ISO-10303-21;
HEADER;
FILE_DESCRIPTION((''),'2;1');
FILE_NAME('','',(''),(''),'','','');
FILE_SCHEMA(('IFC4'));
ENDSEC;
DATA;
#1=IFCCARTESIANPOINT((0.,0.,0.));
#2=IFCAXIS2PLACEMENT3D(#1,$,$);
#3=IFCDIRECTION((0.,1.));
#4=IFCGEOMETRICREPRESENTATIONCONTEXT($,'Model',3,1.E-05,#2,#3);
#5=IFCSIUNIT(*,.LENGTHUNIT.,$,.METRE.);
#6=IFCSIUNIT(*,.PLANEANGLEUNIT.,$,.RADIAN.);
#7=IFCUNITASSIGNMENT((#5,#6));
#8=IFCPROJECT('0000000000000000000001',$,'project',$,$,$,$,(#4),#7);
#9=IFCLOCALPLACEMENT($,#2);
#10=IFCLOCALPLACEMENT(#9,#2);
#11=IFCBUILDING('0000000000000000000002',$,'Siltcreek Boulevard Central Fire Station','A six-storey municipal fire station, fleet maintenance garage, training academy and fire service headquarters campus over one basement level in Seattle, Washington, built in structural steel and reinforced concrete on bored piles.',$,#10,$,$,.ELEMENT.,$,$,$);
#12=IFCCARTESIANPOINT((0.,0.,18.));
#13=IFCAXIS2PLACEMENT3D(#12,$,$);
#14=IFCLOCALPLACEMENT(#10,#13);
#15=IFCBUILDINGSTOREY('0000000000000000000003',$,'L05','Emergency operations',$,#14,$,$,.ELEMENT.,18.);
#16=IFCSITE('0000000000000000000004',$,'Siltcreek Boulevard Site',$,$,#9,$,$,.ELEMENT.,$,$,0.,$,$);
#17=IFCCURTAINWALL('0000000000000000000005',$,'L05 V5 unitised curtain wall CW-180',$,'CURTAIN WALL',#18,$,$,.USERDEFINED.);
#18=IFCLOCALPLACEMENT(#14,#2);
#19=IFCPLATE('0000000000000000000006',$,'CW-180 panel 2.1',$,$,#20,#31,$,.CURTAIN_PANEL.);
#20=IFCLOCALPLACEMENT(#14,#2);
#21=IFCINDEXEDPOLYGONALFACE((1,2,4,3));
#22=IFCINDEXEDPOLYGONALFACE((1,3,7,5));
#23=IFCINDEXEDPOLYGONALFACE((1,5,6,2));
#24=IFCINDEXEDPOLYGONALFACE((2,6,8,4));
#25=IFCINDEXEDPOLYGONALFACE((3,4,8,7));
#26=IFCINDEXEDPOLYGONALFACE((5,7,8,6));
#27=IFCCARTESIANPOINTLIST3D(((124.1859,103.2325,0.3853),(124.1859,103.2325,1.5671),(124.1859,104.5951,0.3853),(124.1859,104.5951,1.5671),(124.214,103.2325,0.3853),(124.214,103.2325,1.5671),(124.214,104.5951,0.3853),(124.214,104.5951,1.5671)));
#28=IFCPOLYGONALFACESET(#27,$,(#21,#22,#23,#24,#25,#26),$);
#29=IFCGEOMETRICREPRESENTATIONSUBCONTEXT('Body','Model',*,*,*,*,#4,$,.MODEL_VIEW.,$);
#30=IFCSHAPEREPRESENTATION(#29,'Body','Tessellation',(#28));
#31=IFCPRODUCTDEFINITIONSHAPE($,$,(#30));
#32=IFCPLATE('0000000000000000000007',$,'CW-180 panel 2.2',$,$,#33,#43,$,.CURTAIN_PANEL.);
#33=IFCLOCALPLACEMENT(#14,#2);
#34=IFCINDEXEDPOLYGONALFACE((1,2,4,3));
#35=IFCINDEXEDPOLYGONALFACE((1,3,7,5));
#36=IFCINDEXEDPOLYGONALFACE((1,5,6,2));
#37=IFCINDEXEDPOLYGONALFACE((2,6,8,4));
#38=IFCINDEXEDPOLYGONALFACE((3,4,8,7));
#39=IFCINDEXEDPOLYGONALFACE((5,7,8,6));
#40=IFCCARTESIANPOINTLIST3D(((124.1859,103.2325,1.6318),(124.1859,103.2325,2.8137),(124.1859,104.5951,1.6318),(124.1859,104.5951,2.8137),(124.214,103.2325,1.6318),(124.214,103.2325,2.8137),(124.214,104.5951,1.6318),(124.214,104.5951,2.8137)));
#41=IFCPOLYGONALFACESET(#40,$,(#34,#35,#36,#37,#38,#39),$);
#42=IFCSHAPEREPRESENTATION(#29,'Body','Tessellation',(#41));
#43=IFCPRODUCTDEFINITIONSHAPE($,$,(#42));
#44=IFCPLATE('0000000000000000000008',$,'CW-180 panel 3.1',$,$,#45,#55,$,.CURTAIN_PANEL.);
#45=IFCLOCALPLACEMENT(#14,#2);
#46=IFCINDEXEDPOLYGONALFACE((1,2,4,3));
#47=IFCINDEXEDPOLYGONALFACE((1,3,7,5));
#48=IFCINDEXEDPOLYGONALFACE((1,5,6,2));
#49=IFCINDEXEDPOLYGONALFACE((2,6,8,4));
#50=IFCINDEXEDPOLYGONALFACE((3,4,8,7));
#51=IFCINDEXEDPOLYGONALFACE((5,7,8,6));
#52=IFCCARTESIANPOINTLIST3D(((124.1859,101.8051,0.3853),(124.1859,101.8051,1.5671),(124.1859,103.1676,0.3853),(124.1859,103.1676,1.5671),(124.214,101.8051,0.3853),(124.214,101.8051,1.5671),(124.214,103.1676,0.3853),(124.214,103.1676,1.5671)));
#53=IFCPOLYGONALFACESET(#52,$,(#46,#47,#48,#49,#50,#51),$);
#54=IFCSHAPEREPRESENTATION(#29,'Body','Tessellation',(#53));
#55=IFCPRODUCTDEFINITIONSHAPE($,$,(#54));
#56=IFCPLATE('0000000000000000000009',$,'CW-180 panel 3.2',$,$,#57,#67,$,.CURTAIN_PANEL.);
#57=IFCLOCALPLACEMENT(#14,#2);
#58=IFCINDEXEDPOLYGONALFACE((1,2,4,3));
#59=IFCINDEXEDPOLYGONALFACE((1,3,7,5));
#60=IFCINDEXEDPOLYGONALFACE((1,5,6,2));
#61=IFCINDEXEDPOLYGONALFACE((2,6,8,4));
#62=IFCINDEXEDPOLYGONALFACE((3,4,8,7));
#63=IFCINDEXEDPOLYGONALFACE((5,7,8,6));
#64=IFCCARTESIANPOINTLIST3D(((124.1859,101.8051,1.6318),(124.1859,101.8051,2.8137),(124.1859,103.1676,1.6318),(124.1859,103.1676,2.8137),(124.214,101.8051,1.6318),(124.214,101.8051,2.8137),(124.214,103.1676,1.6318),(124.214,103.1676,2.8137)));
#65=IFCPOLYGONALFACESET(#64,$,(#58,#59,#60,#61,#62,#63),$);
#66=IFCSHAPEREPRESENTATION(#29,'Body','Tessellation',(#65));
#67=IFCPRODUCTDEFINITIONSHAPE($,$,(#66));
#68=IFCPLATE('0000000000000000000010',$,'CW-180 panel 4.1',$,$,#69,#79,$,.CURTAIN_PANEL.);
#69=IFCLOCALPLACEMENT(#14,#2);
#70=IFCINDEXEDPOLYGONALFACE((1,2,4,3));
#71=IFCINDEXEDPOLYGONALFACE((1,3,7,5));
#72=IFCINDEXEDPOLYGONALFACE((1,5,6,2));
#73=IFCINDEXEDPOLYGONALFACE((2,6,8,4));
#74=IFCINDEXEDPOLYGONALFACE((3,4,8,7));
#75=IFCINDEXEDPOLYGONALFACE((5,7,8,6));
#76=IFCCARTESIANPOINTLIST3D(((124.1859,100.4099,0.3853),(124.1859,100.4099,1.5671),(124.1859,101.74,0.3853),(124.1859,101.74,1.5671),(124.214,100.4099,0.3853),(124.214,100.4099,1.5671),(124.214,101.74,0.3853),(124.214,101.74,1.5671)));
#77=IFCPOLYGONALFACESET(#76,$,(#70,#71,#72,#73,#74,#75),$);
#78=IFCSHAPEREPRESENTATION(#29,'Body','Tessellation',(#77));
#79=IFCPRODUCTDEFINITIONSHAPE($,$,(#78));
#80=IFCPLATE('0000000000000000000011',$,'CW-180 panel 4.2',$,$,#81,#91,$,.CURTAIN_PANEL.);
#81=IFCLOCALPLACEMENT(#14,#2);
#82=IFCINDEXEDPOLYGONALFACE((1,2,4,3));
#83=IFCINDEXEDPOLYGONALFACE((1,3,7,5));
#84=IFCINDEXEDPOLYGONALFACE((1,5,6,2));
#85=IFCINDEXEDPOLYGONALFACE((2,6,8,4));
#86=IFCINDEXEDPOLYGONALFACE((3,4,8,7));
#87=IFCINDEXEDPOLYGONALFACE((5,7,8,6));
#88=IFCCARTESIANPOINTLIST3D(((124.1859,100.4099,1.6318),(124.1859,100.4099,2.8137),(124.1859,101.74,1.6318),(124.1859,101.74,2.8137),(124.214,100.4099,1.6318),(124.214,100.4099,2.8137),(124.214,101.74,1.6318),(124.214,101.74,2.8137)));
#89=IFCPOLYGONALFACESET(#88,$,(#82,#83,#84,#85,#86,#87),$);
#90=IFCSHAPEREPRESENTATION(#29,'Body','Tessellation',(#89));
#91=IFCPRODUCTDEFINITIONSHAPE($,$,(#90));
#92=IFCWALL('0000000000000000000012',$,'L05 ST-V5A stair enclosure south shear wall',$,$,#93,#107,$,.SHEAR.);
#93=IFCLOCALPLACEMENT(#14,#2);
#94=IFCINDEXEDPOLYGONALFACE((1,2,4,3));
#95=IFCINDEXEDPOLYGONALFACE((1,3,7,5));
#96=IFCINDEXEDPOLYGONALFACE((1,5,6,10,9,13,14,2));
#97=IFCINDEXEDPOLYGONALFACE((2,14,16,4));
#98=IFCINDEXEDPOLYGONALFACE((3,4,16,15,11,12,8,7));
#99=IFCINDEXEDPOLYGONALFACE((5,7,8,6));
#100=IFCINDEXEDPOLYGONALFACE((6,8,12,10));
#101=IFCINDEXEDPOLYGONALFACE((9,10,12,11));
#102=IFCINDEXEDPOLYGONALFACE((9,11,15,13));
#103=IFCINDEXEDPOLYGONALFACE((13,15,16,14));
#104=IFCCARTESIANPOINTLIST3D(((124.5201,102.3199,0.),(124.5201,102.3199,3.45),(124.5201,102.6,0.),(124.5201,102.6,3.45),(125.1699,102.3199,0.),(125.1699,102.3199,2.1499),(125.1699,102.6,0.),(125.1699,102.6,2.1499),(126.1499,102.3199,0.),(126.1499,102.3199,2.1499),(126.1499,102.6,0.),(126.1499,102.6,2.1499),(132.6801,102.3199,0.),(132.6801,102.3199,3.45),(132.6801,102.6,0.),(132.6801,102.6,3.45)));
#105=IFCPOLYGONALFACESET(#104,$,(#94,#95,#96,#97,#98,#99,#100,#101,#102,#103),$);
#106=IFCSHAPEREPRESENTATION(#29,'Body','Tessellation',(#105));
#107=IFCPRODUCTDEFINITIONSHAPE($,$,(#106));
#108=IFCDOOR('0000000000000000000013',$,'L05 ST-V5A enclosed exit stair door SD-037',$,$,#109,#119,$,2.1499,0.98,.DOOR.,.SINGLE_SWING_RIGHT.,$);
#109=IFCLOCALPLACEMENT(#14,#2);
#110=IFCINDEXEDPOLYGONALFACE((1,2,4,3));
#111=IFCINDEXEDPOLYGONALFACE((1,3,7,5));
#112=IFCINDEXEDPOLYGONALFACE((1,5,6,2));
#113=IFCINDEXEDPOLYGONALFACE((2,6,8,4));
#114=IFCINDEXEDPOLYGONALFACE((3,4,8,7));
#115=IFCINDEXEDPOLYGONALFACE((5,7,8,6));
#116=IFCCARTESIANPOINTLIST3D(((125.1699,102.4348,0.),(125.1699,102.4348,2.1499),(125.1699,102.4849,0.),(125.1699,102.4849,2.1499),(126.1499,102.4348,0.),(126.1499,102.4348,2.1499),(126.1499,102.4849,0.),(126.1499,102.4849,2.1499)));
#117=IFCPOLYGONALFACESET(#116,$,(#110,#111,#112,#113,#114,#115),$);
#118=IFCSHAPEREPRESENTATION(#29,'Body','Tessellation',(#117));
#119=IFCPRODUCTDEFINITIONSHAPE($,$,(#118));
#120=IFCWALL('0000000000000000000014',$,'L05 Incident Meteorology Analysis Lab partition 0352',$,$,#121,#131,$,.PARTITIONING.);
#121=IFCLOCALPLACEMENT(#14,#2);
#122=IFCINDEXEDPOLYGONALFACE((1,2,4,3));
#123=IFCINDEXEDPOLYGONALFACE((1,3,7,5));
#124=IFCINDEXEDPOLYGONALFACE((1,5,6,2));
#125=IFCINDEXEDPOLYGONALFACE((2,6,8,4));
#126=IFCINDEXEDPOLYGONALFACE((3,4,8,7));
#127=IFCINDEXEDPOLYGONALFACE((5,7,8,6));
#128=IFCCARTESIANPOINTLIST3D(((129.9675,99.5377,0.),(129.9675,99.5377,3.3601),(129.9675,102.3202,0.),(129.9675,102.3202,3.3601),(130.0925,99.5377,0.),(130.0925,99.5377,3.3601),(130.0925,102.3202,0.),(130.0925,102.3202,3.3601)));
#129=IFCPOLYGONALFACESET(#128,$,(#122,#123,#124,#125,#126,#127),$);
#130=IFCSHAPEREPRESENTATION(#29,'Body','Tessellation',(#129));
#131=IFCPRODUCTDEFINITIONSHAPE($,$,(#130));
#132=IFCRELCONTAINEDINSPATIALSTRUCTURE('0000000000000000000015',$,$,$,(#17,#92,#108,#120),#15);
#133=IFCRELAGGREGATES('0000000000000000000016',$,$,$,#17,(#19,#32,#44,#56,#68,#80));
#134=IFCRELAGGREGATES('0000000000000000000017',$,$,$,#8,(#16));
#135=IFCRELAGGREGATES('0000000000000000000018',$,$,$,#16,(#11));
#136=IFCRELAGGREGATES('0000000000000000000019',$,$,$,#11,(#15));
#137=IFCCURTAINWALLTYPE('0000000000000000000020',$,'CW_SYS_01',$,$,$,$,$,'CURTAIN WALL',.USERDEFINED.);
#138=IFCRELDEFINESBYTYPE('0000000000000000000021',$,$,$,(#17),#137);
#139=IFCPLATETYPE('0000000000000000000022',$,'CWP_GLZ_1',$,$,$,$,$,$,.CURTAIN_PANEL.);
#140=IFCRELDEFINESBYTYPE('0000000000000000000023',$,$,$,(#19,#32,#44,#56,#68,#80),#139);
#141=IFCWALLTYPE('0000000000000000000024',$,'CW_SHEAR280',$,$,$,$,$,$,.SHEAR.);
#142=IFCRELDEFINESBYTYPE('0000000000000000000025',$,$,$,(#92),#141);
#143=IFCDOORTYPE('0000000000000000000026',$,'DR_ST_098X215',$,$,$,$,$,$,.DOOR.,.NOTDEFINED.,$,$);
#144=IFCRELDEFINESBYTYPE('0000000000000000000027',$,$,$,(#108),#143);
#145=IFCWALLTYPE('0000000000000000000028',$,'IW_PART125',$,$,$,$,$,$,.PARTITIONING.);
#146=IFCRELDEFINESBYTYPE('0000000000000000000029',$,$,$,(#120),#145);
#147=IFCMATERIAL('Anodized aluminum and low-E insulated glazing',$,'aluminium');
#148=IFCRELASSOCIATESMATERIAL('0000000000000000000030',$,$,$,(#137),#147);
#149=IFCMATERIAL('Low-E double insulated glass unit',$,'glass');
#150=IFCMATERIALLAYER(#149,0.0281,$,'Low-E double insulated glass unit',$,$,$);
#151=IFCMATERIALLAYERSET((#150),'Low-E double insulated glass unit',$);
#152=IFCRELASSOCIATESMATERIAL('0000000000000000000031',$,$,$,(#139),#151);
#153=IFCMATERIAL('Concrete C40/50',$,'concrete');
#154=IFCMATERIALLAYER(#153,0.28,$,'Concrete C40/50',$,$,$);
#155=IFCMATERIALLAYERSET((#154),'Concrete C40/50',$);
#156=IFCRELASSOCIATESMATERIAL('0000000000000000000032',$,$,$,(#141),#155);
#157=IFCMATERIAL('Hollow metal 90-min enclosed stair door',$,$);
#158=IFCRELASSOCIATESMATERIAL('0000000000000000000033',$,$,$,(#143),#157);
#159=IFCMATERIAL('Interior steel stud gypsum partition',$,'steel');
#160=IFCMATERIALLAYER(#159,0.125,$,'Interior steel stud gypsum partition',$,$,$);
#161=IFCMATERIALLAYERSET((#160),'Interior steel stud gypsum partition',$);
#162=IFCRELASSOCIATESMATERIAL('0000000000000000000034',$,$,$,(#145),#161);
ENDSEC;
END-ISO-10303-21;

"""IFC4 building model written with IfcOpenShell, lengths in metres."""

from ifc_helpers import new_model, si_unit, direction, frame, frame_2d, origin, origin_2d, place, context, subcontext, project, spatial, rectangle, extrude, material, layer, layer_set, type_object, element, fill, aggregate, save


model = new_model("IFC4")

# Units and contexts
model_context = context("Model", 3, precision=1e-05, world=origin(), true_north=direction((0.0, 1.0)))
body_context = subcontext(model_context, "Body", "Model", "MODEL_VIEW")
ifc_project = project(units=[si_unit("LENGTHUNIT", "METRE"), si_unit("PLANEANGLEUNIT", "RADIAN")], contexts=[model_context])

# Site, building, storey
site_placement = place(None, origin())
site = spatial("IfcSite", under=ifc_project, at=site_placement, Name="Siltcreek Boulevard Site", CompositionType="ELEMENT", RefElevation=0.0)
building_placement = place(site_placement, origin())
building = spatial("IfcBuilding", under=site, at=building_placement, Name="Siltcreek Boulevard Central Fire Station", Description="A six-storey municipal fire station, fleet maintenance garage, training academy and fire service headquarters campus over one basement level in Seattle, Washington, built in structural steel and reinforced concrete on bored piles.", CompositionType="ELEMENT")
storey_placement = place(building_placement, frame((0.0, 0.0, 18.0)))
storey = spatial("IfcBuildingStorey", under=building, at=storey_placement, Name="L05", Description="Emergency operations", CompositionType="ELEMENT", Elevation=18.0)

# Curtain wall
ifc_material_1 = material(Name="Anodized aluminum and low-E insulated glazing", Category="aluminium")
curtain_wall_type = type_object("IfcCurtainWallType", Name="CW_SYS_01", ElementType="CURTAIN WALL", PredefinedType="USERDEFINED", material=ifc_material_1)
curtain_wall_placement = place(storey_placement, origin())
curtain_wall = element("IfcCurtainWall", 1, at=curtain_wall_placement, inside=storey, type_object=curtain_wall_type, Name="L05 V5 unitised curtain wall CW-180", ObjectType="CURTAIN WALL", PredefinedType="USERDEFINED")

# Plates
ifc_material_2 = material(Name="Low-E double insulated glass unit", Category="glass")
ifc_layer_1 = layer(ifc_material_2, 0.0281, Name="Low-E double insulated glass unit")
ifc_layer_set_1 = layer_set([ifc_layer_1], Name="Low-E double insulated glass unit")
plate_type = type_object("IfcPlateType", Name="CWP_GLZ_1", PredefinedType="CURTAIN_PANEL", material=ifc_layer_set_1)
plate_1_placement = place(storey_placement, frame((124.2, 103.9138, 0.3853), z_axis=(0.0, 0.0, 1.0), x_axis=(0.0, -1.0, 0.0)))
plate_1 = element("IfcPlate", 2, at=plate_1_placement, type_object=plate_type, Name="CW-180 panel 2.1", PredefinedType="CURTAIN_PANEL", context=body_context, shape_type="SweptSolid", body=[
    extrude(rectangle(XDim=1.3625, YDim=0.0281, at=origin_2d()), origin(), (0.0, 0.0, 1.0), 1.1819),
])
plate_2_placement = place(storey_placement, frame((124.2, 103.9138, 1.6318), z_axis=(0.0, 0.0, 1.0), x_axis=(0.0, -1.0, 0.0)))
plate_2 = element("IfcPlate", 3, at=plate_2_placement, type_object=plate_type, Name="CW-180 panel 2.2", PredefinedType="CURTAIN_PANEL", context=body_context, shape_type="SweptSolid", body=[
    extrude(rectangle(XDim=1.3625, YDim=0.0281, at=origin_2d()), origin(), (0.0, 0.0, 1.0), 1.1819),
])
plate_3_placement = place(storey_placement, frame((124.2, 102.4863, 0.3853), z_axis=(0.0, 0.0, 1.0), x_axis=(0.0, -1.0, 0.0)))
plate_3 = element("IfcPlate", 4, at=plate_3_placement, type_object=plate_type, Name="CW-180 panel 3.1", PredefinedType="CURTAIN_PANEL", context=body_context, shape_type="SweptSolid", body=[
    extrude(rectangle(XDim=1.3625, YDim=0.0281, at=origin_2d()), origin(), (0.0, 0.0, 1.0), 1.1819),
])
plate_4_placement = place(storey_placement, frame((124.2, 102.4863, 1.6318), z_axis=(0.0, 0.0, 1.0), x_axis=(0.0, -1.0, 0.0)))
plate_4 = element("IfcPlate", 5, at=plate_4_placement, type_object=plate_type, Name="CW-180 panel 3.2", PredefinedType="CURTAIN_PANEL", context=body_context, shape_type="SweptSolid", body=[
    extrude(rectangle(XDim=1.3625, YDim=0.0281, at=origin_2d()), origin(), (0.0, 0.0, 1.0), 1.1819),
])
plate_5_placement = place(storey_placement, frame((124.2, 101.075, 0.3853), z_axis=(0.0, 0.0, 1.0), x_axis=(0.0, -1.0, 0.0)))
plate_5 = element("IfcPlate", 6, at=plate_5_placement, type_object=plate_type, Name="CW-180 panel 4.1", PredefinedType="CURTAIN_PANEL", context=body_context, shape_type="SweptSolid", body=[
    extrude(rectangle(XDim=1.3301, YDim=0.0281, at=origin_2d()), origin(), (0.0, 0.0, 1.0), 1.1819),
])
plate_6_placement = place(storey_placement, frame((124.2, 101.075, 1.6318), z_axis=(0.0, 0.0, 1.0), x_axis=(0.0, -1.0, 0.0)))
plate_6 = element("IfcPlate", 7, at=plate_6_placement, type_object=plate_type, Name="CW-180 panel 4.2", PredefinedType="CURTAIN_PANEL", context=body_context, shape_type="SweptSolid", body=[
    extrude(rectangle(XDim=1.3301, YDim=0.0281, at=origin_2d()), origin(), (0.0, 0.0, 1.0), 1.1819),
])
aggregate(curtain_wall, [plate_1, plate_2, plate_3, plate_4, plate_5, plate_6])

# Wall, opening, door
ifc_material_3 = material(Name="Concrete C40/50", Category="concrete")
ifc_layer_2 = layer(ifc_material_3, 0.28, Name="Concrete C40/50")
ifc_layer_set_2 = layer_set([ifc_layer_2], Name="Concrete C40/50")
wall_type_1 = type_object("IfcWallType", Name="CW_SHEAR280", PredefinedType="SHEAR", material=ifc_layer_set_2)
wall_1_placement = place(storey_placement, frame((124.52, 102.46, 0.0), z_axis=(0.0, 0.0, 1.0), x_axis=(1.0, 0.0, 0.0)))
wall_1 = element("IfcWall", 8, at=wall_1_placement, inside=storey, type_object=wall_type_1, Name="L05 ST-V5A stair enclosure south shear wall", PredefinedType="SHEAR", context=body_context, shape_type="SweptSolid", body=[
    extrude(rectangle(XDim=8.1599, YDim=0.28, at=frame_2d((4.0801, 0.0))), origin(), (0.0, 0.0, 1.0), 3.45),
])
opening_placement = place(wall_1_placement, frame((0.6499, 0.0, 0.0)))
opening = element("IfcOpeningElement", 9, at=opening_placement, cuts=wall_1, PredefinedType="OPENING", context=body_context, shape_type="SweptSolid", body=[
    extrude(rectangle(XDim=0.98, YDim=2.1499, at=frame_2d((0.49, 1.075))), frame((0.0, 0.1499, 0.0), z_axis=(0.0, -1.0, 0.0), x_axis=(1.0, 0.0, 0.0)), (0.0, 0.0, 1.0), 0.3),
])
ifc_material_4 = material(Name="Hollow metal 90-min enclosed stair door")
door_type = type_object("IfcDoorType", Name="DR_ST_098X215", OperationType="NOTDEFINED", PredefinedType="DOOR", material=ifc_material_4)
door_placement = place(opening_placement, origin())
door = element("IfcDoor", 10, at=door_placement, inside=storey, type_object=door_type, Name="L05 ST-V5A enclosed exit stair door SD-037", OperationType="SINGLE_SWING_RIGHT", OverallHeight=2.1499, OverallWidth=0.98, PredefinedType="DOOR", context=body_context, shape_type="SweptSolid", body=[
    extrude(rectangle(XDim=0.98, YDim=2.1499, at=frame_2d((0.49, 1.075))), frame((0.0, 0.0249, 0.0), z_axis=(0.0, -1.0, 0.0), x_axis=(1.0, 0.0, 0.0)), (0.0, 0.0, 1.0), 0.05),
])
fill(opening, door)

# Wall
ifc_material_5 = material(Name="Interior steel stud gypsum partition", Category="steel")
ifc_layer_3 = layer(ifc_material_5, 0.125, Name="Interior steel stud gypsum partition")
ifc_layer_set_3 = layer_set([ifc_layer_3], Name="Interior steel stud gypsum partition")
wall_type_2 = type_object("IfcWallType", Name="IW_PART125", PredefinedType="PARTITIONING", material=ifc_layer_set_3)
wall_2_placement = place(storey_placement, frame((130.03, 102.3201, 0.0), z_axis=(0.0, 0.0, 1.0), x_axis=(0.0, -1.0, 0.0)))
element("IfcWall", 11, at=wall_2_placement, inside=storey, type_object=wall_type_2, Name="L05 Incident Meteorology Analysis Lab partition 0352", PredefinedType="PARTITIONING", context=body_context, shape_type="SweptSolid", body=[
    extrude(rectangle(XDim=2.7825, YDim=0.125, at=frame_2d((1.3911, 0.0))), origin(), (0.0, 0.0, 1.0), 3.3601),
])

save(model, "model.ifc")
